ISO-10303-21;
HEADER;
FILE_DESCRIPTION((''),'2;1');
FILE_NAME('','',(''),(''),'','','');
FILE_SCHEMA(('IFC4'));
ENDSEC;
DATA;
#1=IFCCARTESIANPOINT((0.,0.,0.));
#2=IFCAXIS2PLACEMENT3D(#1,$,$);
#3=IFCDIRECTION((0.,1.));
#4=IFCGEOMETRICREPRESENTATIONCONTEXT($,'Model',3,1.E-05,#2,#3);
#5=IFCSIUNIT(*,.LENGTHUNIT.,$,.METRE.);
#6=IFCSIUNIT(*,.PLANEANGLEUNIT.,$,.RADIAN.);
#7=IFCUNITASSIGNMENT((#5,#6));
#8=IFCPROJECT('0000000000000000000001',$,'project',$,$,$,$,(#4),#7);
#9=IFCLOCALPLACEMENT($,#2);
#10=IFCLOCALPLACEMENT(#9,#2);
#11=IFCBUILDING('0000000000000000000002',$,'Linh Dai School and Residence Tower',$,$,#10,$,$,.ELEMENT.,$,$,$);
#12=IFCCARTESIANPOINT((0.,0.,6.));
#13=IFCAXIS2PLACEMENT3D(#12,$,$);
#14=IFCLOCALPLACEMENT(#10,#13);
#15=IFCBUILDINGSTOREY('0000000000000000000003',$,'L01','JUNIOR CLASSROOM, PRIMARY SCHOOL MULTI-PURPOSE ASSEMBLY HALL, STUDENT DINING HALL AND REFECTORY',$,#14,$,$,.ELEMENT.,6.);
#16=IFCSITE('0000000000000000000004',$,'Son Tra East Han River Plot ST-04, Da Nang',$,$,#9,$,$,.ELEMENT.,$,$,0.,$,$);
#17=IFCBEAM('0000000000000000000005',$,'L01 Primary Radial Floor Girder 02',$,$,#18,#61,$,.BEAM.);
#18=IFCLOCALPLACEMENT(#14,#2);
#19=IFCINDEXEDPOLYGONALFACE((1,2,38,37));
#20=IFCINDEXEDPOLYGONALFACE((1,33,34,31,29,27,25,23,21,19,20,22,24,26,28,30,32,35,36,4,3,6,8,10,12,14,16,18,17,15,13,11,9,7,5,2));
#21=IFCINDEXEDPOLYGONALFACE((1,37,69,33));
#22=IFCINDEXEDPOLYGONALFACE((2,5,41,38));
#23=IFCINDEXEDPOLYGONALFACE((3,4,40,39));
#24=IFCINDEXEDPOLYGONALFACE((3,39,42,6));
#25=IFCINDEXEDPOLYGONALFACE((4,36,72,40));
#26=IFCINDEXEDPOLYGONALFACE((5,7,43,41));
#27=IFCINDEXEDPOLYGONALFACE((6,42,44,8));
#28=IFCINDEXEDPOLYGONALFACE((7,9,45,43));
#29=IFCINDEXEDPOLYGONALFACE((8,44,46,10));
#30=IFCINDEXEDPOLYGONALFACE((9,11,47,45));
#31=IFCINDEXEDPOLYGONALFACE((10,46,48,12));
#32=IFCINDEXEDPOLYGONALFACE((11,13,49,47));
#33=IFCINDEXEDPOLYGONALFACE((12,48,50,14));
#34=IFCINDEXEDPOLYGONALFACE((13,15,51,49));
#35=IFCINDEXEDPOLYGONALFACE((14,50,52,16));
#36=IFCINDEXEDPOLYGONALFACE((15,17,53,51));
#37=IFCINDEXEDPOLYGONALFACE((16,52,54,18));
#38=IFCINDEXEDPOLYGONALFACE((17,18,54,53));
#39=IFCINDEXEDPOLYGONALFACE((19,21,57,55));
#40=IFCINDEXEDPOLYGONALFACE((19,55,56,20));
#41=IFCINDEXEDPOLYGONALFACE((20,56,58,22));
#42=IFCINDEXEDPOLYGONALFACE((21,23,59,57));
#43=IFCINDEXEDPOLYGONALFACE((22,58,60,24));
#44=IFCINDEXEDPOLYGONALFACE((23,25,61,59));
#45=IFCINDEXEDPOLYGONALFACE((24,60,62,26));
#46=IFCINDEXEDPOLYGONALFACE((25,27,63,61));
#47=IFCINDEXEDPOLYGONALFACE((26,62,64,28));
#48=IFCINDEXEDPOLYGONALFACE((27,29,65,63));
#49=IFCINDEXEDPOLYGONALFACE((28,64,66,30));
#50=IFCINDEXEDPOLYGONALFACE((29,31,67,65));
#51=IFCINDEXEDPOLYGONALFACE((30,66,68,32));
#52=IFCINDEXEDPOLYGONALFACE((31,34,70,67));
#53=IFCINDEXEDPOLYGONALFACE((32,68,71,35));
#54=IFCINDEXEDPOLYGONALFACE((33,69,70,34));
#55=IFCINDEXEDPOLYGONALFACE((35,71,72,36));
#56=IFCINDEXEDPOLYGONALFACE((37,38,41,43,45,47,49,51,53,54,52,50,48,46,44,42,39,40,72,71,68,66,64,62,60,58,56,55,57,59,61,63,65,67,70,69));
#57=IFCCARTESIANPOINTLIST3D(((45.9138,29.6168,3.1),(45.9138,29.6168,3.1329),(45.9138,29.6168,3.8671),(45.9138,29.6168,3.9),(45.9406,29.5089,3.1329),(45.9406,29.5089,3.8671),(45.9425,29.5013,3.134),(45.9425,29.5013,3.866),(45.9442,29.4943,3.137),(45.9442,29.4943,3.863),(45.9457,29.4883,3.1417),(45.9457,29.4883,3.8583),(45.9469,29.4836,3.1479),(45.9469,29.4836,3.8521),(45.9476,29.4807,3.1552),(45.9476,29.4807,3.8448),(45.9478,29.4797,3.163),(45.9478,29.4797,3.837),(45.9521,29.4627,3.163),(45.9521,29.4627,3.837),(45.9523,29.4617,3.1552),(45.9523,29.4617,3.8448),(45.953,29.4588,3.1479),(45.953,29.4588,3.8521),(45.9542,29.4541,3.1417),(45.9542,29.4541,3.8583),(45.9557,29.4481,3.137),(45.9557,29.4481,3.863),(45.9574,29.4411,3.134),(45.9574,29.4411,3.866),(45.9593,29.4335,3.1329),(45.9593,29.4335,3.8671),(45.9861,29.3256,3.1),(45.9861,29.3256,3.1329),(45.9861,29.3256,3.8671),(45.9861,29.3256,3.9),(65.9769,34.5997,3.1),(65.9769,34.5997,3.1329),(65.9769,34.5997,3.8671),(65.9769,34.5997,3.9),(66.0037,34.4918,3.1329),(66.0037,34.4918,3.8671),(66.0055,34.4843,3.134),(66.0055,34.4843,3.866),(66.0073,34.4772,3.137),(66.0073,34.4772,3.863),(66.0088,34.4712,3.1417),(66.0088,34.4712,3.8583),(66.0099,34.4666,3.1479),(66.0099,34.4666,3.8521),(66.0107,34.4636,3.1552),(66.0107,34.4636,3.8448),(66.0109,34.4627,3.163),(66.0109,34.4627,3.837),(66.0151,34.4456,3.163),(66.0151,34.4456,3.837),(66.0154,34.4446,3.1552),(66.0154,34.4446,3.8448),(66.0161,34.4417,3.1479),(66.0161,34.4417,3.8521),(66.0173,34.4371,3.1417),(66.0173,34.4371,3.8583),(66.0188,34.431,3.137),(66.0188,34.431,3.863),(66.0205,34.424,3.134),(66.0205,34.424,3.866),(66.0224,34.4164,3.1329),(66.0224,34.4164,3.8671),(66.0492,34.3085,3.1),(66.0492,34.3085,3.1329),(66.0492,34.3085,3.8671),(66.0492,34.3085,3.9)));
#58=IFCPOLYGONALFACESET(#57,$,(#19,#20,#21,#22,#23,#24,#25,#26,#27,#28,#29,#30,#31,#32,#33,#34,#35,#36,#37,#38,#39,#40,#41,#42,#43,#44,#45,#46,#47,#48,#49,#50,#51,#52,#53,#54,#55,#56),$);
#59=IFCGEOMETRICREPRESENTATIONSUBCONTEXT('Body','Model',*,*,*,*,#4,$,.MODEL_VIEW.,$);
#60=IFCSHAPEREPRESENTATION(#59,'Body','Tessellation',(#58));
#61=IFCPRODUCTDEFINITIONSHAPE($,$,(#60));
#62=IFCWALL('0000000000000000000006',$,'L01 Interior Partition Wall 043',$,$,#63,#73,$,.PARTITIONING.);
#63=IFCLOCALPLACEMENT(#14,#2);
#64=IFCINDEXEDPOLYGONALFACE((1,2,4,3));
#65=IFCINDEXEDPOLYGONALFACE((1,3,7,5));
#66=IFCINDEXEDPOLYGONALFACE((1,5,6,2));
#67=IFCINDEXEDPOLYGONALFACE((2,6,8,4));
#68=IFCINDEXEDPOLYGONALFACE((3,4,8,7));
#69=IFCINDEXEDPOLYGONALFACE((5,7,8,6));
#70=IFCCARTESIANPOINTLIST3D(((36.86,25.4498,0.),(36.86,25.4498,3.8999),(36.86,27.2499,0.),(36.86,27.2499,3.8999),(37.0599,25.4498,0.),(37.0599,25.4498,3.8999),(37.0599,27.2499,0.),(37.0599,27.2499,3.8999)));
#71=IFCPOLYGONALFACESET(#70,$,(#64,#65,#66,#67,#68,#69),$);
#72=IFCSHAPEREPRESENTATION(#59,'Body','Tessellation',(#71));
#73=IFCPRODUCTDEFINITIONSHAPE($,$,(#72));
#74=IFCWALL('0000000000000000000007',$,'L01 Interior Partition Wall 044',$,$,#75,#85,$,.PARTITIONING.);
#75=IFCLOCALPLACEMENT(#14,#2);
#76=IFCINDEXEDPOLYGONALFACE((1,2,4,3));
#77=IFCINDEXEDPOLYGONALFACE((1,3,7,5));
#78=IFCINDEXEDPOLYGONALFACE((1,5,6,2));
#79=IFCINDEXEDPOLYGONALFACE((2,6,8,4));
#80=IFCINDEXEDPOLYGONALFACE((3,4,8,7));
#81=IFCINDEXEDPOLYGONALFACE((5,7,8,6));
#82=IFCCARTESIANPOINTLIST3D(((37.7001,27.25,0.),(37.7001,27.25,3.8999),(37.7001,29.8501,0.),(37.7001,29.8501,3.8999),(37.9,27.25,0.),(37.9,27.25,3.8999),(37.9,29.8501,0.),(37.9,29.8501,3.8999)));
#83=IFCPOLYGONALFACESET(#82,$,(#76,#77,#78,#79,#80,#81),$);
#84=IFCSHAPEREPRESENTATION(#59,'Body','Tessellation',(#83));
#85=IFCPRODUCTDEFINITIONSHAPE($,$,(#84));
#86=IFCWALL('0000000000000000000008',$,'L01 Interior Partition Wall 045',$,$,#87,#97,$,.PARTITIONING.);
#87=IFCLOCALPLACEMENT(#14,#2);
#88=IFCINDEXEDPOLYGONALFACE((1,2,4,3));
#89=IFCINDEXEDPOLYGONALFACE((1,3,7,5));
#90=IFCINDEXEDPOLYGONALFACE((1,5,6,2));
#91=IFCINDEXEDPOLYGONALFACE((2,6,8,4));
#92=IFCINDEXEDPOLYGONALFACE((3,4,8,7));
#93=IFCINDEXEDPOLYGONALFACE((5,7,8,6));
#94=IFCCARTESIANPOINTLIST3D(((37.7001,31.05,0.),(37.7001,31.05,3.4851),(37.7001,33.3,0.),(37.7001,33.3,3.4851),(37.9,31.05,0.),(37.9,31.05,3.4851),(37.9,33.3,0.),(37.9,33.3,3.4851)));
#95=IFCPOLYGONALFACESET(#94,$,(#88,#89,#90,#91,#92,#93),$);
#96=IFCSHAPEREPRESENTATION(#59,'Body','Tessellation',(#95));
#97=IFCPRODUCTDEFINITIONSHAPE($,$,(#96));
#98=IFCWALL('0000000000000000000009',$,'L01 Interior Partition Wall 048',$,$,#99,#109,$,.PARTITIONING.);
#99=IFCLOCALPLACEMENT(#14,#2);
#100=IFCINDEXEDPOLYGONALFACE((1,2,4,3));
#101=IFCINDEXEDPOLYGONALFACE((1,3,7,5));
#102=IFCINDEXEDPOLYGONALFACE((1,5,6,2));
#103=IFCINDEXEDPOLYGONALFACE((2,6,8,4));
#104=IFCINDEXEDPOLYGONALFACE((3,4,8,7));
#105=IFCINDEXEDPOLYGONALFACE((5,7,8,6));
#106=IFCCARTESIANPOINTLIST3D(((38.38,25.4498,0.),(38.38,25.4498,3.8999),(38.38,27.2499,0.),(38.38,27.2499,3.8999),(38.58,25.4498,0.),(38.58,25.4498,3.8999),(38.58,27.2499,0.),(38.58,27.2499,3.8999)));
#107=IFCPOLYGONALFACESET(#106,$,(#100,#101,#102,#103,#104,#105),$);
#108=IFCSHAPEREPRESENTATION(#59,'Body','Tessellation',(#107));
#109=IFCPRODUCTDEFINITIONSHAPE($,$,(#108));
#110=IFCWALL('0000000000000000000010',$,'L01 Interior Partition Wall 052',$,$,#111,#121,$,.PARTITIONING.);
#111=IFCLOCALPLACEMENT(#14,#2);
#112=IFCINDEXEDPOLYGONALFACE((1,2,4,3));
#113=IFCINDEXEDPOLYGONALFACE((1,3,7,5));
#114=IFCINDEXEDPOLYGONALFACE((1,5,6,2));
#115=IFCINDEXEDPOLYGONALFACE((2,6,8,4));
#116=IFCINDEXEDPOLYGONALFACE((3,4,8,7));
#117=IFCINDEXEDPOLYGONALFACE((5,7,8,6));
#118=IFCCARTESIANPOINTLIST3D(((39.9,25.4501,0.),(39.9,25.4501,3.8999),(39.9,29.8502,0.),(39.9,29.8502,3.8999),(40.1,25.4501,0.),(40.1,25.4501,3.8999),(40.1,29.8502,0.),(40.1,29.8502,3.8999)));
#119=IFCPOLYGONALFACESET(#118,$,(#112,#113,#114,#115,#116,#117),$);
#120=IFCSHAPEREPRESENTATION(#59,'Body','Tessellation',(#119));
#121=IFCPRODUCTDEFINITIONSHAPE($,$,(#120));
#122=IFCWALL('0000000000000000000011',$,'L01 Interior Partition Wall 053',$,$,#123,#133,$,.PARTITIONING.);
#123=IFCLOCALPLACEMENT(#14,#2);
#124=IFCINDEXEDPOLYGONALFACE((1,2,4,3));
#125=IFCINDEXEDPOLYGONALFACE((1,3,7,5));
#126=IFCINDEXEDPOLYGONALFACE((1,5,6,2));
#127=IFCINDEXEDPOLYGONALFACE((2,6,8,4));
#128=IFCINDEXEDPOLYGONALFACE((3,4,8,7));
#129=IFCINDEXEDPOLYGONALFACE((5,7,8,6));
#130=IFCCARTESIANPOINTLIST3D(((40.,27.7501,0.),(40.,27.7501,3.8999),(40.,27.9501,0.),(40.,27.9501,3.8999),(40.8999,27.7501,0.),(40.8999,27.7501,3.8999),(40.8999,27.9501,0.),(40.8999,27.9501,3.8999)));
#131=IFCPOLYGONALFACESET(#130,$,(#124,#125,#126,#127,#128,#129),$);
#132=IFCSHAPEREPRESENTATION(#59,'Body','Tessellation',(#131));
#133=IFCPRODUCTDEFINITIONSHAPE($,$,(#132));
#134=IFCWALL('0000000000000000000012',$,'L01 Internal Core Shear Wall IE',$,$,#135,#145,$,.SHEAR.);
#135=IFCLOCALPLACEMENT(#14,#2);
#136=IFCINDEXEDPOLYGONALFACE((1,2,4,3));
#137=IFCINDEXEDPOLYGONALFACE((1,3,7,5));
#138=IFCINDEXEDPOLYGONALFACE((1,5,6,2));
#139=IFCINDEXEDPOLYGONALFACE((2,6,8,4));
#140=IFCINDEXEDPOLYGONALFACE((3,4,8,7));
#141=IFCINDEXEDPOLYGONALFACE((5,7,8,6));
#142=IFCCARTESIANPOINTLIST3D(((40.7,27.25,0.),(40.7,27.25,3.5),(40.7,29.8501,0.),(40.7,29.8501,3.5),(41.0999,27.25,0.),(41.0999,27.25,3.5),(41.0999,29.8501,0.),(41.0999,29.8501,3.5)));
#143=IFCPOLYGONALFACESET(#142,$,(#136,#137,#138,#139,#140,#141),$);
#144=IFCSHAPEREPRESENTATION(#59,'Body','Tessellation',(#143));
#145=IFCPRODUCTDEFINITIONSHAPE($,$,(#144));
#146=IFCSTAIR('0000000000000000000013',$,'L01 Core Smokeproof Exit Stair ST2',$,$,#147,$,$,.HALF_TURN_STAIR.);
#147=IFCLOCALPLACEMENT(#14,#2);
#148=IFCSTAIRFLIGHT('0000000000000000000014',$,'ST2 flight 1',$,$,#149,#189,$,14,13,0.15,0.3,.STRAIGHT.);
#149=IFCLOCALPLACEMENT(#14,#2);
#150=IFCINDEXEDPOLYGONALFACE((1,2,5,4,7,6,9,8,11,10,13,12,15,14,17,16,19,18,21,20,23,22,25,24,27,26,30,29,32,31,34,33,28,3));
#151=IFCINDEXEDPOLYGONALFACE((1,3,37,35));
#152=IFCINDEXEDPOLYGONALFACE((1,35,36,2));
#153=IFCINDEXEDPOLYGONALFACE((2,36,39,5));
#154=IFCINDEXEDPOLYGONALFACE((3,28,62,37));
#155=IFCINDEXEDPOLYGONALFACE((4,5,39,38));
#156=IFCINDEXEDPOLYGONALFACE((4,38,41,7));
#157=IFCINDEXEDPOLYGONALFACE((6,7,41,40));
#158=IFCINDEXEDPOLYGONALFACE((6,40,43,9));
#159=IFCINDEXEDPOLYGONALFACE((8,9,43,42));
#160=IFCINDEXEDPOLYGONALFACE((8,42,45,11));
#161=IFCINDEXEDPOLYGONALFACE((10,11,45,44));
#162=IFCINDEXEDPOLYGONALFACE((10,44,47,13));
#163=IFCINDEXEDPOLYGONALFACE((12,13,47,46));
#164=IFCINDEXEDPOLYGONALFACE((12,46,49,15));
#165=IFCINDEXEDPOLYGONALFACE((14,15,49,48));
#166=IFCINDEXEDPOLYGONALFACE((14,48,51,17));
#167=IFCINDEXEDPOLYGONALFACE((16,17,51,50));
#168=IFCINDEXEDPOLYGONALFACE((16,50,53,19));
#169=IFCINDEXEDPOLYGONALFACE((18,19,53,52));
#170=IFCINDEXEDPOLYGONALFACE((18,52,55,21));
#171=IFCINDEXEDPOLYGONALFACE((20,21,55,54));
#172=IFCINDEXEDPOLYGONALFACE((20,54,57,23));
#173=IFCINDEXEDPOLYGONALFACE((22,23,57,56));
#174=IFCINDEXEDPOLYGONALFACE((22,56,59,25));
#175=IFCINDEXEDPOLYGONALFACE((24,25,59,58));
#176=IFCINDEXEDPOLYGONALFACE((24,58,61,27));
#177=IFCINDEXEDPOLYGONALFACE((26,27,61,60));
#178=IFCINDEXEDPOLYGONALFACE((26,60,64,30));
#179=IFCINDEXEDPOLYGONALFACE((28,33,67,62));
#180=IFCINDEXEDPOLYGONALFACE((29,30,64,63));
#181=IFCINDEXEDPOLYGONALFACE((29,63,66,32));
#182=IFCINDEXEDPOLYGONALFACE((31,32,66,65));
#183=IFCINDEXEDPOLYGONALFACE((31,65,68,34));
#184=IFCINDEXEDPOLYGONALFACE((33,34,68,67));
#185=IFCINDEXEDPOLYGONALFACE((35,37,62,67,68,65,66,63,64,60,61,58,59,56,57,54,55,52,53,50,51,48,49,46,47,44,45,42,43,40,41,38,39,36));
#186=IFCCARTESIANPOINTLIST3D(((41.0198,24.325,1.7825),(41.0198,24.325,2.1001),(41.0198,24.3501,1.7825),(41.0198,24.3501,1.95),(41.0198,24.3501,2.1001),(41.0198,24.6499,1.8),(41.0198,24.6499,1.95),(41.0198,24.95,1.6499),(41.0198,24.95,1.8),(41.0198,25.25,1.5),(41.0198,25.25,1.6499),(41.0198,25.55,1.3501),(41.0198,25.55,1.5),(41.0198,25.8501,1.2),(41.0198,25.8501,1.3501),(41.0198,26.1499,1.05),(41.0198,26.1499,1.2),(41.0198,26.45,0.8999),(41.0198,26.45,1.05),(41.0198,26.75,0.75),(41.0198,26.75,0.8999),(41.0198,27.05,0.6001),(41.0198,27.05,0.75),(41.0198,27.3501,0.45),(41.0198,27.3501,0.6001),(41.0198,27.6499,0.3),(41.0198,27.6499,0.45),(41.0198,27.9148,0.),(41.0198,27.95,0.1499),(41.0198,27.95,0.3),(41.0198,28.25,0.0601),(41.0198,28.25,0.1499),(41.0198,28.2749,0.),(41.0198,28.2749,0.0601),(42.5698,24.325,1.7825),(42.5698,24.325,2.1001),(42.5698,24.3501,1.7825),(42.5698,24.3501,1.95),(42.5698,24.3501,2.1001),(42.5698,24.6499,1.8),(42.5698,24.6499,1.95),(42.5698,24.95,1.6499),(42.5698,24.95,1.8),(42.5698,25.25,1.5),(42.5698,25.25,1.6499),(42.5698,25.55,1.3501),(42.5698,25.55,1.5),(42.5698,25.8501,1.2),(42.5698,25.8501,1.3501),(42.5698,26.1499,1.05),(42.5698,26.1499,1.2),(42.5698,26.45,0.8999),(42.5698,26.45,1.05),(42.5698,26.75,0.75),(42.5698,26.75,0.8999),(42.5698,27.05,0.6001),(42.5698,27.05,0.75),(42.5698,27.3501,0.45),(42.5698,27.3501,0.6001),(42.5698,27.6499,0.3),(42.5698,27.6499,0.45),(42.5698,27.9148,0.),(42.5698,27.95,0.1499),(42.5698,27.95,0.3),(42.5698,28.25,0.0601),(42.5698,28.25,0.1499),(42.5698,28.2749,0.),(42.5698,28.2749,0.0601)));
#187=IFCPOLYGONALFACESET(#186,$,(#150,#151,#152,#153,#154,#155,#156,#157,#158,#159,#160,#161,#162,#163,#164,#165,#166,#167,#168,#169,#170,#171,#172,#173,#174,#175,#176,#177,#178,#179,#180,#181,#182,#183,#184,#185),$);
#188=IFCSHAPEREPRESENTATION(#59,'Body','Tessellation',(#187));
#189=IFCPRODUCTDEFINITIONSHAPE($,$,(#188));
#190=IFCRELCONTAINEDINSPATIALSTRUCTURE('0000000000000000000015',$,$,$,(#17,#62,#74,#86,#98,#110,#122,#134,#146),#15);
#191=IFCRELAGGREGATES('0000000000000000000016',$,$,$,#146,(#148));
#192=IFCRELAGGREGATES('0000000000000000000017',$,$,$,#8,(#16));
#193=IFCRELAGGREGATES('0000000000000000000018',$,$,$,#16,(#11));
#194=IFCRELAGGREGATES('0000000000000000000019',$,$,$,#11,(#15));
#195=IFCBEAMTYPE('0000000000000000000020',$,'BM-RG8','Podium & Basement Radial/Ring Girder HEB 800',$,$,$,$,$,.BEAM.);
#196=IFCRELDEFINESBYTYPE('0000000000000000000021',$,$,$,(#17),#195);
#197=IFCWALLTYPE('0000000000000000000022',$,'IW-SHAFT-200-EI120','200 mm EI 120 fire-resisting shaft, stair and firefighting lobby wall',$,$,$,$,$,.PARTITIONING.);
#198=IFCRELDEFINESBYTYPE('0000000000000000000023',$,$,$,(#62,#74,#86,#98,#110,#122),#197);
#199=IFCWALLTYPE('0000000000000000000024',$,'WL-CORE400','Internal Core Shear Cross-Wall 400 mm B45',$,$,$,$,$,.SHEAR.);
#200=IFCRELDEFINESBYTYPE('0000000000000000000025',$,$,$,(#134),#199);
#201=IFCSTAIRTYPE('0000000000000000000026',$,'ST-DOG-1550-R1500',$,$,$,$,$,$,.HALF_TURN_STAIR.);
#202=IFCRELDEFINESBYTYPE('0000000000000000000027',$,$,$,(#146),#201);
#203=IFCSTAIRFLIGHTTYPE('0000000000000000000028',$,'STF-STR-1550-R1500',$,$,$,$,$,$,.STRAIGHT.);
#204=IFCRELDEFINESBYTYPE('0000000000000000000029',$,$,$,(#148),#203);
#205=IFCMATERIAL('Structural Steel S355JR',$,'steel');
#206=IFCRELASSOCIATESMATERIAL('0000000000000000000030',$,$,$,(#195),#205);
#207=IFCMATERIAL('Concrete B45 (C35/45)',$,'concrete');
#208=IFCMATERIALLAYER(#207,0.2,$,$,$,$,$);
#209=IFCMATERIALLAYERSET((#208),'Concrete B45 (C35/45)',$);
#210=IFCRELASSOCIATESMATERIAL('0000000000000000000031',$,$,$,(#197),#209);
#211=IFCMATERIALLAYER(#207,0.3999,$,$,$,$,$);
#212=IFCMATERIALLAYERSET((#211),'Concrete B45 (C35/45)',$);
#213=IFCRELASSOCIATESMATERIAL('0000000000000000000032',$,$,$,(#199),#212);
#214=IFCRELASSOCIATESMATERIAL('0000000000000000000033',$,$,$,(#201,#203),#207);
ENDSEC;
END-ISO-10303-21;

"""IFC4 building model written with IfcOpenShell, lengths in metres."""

from ifc_helpers import new_model, si_unit, direction, frame, frame_2d, origin, origin_2d, place, context, subcontext, project, spatial, polyline, rectangle, i_section, outline, extrude, source, transform, mapped, material, layer, layer_set, material_profile, profile_set, type_object, element, aggregate, save


model = new_model("IFC4")

# Units and contexts
model_context = context("Model", 3, precision=1e-05, world=origin(), true_north=direction((0.0, 1.0)))
body_context = subcontext(model_context, "Body", "Model", "MODEL_VIEW")
ifc_project = project(units=[si_unit("LENGTHUNIT", "METRE"), si_unit("PLANEANGLEUNIT", "RADIAN")], contexts=[model_context])

# Site, building, storey
site_placement = place(None, origin())
site = spatial("IfcSite", under=ifc_project, at=site_placement, Name="Son Tra East Han River Plot ST-04, Da Nang", CompositionType="ELEMENT", RefElevation=0.0)
building_placement = place(site_placement, origin())
building = spatial("IfcBuilding", under=site, at=building_placement, Name="Linh Dai School and Residence Tower", CompositionType="ELEMENT")
storey_placement = place(building_placement, frame((0.0, 0.0, 6.0)))
storey = spatial("IfcBuildingStorey", under=building, at=storey_placement, Name="L01", Description="JUNIOR CLASSROOM, PRIMARY SCHOOL MULTI-PURPOSE ASSEMBLY HALL, STUDENT DINING HALL AND REFECTORY", CompositionType="ELEMENT", Elevation=6.0)

# Shared definitions
ifc_material_1 = material(Name="Structural Steel S355JR", Category="steel")

# Beam
ifc_material_profile_1 = material_profile(ifc_material_1, i_section(OverallWidth=0.3, OverallDepth=0.8, WebThickness=0.0176, FlangeThickness=0.033, FilletRadius=0.03, at=origin_2d()), Name="HEB 800")
ifc_profile_set_1 = profile_set([ifc_material_profile_1], Name="Structural Steel S355JR")
beam_type = type_object("IfcBeamType", Name="BM-RG8", Description="Podium & Basement Radial/Ring Girder HEB 800", PredefinedType="BEAM", material=ifc_profile_set_1)
beam_1_placement = place(storey_placement, frame((45.95, 29.4712, 3.5), z_axis=(0.970515, 0.24104, 0.0), x_axis=(-0.24104, 0.970515, 0.0)))
element("IfcBeam", 1, at=beam_1_placement, inside=storey, type_object=beam_type, Name="L01 Primary Radial Floor Girder 02", PredefinedType="BEAM", context=body_context, shape_type="SweptSolid", body=[
    extrude(i_section(OverallWidth=0.3, OverallDepth=0.8, WebThickness=0.0176, FlangeThickness=0.033, FilletRadius=0.03, at=origin_2d()), origin(), (0.0, 0.0, 1.0), 20.6726),
])

# Walls
ifc_material_2 = material(Name="Concrete B45 (C35/45)", Category="concrete")
ifc_layer_1 = layer(ifc_material_2, 0.2)
ifc_layer_set_1 = layer_set([ifc_layer_1], Name="Concrete B45 (C35/45)")
wall_type_1 = type_object("IfcWallType", Name="IW-SHAFT-200-EI120", Description="200 mm EI 120 fire-resisting shaft, stair and firefighting lobby wall", PredefinedType="PARTITIONING", material=ifc_layer_set_1)
wall_1_placement = place(storey_placement, frame((36.96, 25.45, 0.0), z_axis=(0.0, 0.0, 1.0), x_axis=(0.0, 1.0, 0.0)))
element("IfcWall", 2, at=wall_1_placement, inside=storey, type_object=wall_type_1, Name="L01 Interior Partition Wall 043", PredefinedType="PARTITIONING", context=body_context, shape_type="SweptSolid", body=[
    extrude(rectangle(XDim=1.8, YDim=0.2, at=frame_2d((0.8999, 0.0))), origin(), (0.0, 0.0, 1.0), 3.8999),
])
wall_2_placement = place(storey_placement, frame((37.8, 27.25, 0.0), z_axis=(0.0, 0.0, 1.0), x_axis=(0.0, 1.0, 0.0)))
element("IfcWall", 3, at=wall_2_placement, inside=storey, type_object=wall_type_1, Name="L01 Interior Partition Wall 044", PredefinedType="PARTITIONING", context=body_context, shape_type="SweptSolid", body=[
    extrude(rectangle(XDim=2.6001, YDim=0.2, at=frame_2d((1.3, 0.0))), origin(), (0.0, 0.0, 1.0), 3.8999),
])
wall_3_placement = place(storey_placement, frame((37.8, 31.05, 0.0), z_axis=(0.0, 0.0, 1.0), x_axis=(0.0, 1.0, 0.0)))
element("IfcWall", 4, at=wall_3_placement, inside=storey, type_object=wall_type_1, Name="L01 Interior Partition Wall 045", PredefinedType="PARTITIONING", context=body_context, shape_type="SweptSolid", body=[
    extrude(rectangle(XDim=2.25, YDim=0.2, at=frame_2d((1.125, 0.0))), origin(), (0.0, 0.0, 1.0), 3.4851),
])
wall_4_placement = place(storey_placement, frame((38.48, 25.45, 0.0), z_axis=(0.0, 0.0, 1.0), x_axis=(0.0, 1.0, 0.0)))
element("IfcWall", 5, at=wall_4_placement, inside=storey, type_object=wall_type_1, Name="L01 Interior Partition Wall 048", PredefinedType="PARTITIONING", context=body_context, shape_type="SweptSolid", body=[
    extrude(rectangle(XDim=1.8, YDim=0.2, at=frame_2d((0.8999, 0.0))), origin(), (0.0, 0.0, 1.0), 3.8999),
])
wall_5_placement = place(storey_placement, frame((40.0, 25.45, 0.0), z_axis=(0.0, 0.0, 1.0), x_axis=(0.0, 1.0, 0.0)))
element("IfcWall", 6, at=wall_5_placement, inside=storey, type_object=wall_type_1, Name="L01 Interior Partition Wall 052", PredefinedType="PARTITIONING", context=body_context, shape_type="SweptSolid", body=[
    extrude(rectangle(XDim=4.4001, YDim=0.2, at=frame_2d((2.2002, 0.0))), origin(), (0.0, 0.0, 1.0), 3.8999),
])
wall_6_placement = place(storey_placement, frame((40.0, 27.8501, 0.0), z_axis=(0.0, 0.0, 1.0), x_axis=(1.0, 0.0, 0.0)))
element("IfcWall", 7, at=wall_6_placement, inside=storey, type_object=wall_type_1, Name="L01 Interior Partition Wall 053", PredefinedType="PARTITIONING", context=body_context, shape_type="SweptSolid", body=[
    extrude(rectangle(XDim=0.8999, YDim=0.2, at=frame_2d((0.45, 0.0))), origin(), (0.0, 0.0, 1.0), 3.8999),
])
ifc_layer_2 = layer(ifc_material_2, 0.3999)
ifc_layer_set_2 = layer_set([ifc_layer_2], Name="Concrete B45 (C35/45)")
wall_type_2 = type_object("IfcWallType", Name="WL-CORE400", Description="Internal Core Shear Cross-Wall 400 mm B45", PredefinedType="SHEAR", material=ifc_layer_set_2)
wall_7_placement = place(storey_placement, frame((40.8999, 27.25, 0.0), z_axis=(0.0, 0.0, 1.0), x_axis=(0.0, 1.0, 0.0)))
element("IfcWall", 8, at=wall_7_placement, inside=storey, type_object=wall_type_2, Name="L01 Internal Core Shear Wall IE", PredefinedType="SHEAR", context=body_context, shape_type="SweptSolid", body=[
    extrude(rectangle(XDim=2.6001, YDim=0.3999, at=frame_2d((1.3, 0.0))), origin(), (0.0, 0.0, 1.0), 3.5),
])

# Stair, stair flight
stair_type = type_object("IfcStairType", Name="ST-DOG-1550-R1500", PredefinedType="HALF_TURN_STAIR", material=ifc_material_2)
stair_placement = place(storey_placement, origin())
stair = element("IfcStair", 9, at=stair_placement, inside=storey, type_object=stair_type, Name="L01 Core Smokeproof Exit Stair ST2", PredefinedType="HALF_TURN_STAIR")
stair_flight_type = type_object("IfcStairFlightType", Name="STF-STR-1550-R1500", PredefinedType="STRAIGHT", material=ifc_material_2)
shared_shape_1 = source(origin(), body_context, "Body", "SweptSolid", [
    extrude(outline(polyline([(-0.0249, 0.0), (-0.0249, 0.0601), (0.0, 0.0601), (0.0, 0.1499), (0.3, 0.1499), (0.3, 0.3), (0.6001, 0.3), (0.6001, 0.45), (0.8999, 0.45), (0.8999, 0.6001), (1.2, 0.6001), (1.2, 0.75), (1.5, 0.75), (1.5, 0.8999), (1.8, 0.8999), (1.8, 1.05), (2.1001, 1.05), (2.1001, 1.2), (2.3999, 1.2), (2.3999, 1.3501), (2.7, 1.3501), (2.7, 1.5), (3.0, 1.5), (3.0, 1.6499), (3.3, 1.6499), (3.3, 1.8), (3.6001, 1.8), (3.6001, 1.95), (3.8999, 1.95), (3.8999, 2.1001), (3.925, 2.1001), (3.925, 1.7825), (3.8999, 1.7825), (0.3352, 0.0), (-0.0249, 0.0)])), frame((0.0, 0.7749, 0.0), z_axis=(0.0, -1.0, 0.0), x_axis=(1.0, 0.0, 0.0)), (0.0, 0.0, 1.0), 1.55),
])
stair_flight_placement = place(storey_placement, frame((41.7949, 28.25, 0.0), z_axis=(0.0, 0.0, 1.0), x_axis=(0.0, -1.0, 0.0)))
stair_flight = element("IfcStairFlight", 10, at=stair_flight_placement, type_object=stair_flight_type, Name="ST2 flight 1", NumberOfRisers=14, NumberOfTreads=13, PredefinedType="STRAIGHT", RiserHeight=0.15, TreadLength=0.3, context=body_context, shape_type="MappedRepresentation", body=[
    mapped(shared_shape_1, transform((0.0, 0.0, 0.0), x_axis=(1.0, 0.0, 0.0), y_axis=(0.0, 1.0, 0.0), z_axis=(0.0, 0.0, 1.0), scale=1.0)),
])
aggregate(stair, [stair_flight])

save(model, "model.ifc")
